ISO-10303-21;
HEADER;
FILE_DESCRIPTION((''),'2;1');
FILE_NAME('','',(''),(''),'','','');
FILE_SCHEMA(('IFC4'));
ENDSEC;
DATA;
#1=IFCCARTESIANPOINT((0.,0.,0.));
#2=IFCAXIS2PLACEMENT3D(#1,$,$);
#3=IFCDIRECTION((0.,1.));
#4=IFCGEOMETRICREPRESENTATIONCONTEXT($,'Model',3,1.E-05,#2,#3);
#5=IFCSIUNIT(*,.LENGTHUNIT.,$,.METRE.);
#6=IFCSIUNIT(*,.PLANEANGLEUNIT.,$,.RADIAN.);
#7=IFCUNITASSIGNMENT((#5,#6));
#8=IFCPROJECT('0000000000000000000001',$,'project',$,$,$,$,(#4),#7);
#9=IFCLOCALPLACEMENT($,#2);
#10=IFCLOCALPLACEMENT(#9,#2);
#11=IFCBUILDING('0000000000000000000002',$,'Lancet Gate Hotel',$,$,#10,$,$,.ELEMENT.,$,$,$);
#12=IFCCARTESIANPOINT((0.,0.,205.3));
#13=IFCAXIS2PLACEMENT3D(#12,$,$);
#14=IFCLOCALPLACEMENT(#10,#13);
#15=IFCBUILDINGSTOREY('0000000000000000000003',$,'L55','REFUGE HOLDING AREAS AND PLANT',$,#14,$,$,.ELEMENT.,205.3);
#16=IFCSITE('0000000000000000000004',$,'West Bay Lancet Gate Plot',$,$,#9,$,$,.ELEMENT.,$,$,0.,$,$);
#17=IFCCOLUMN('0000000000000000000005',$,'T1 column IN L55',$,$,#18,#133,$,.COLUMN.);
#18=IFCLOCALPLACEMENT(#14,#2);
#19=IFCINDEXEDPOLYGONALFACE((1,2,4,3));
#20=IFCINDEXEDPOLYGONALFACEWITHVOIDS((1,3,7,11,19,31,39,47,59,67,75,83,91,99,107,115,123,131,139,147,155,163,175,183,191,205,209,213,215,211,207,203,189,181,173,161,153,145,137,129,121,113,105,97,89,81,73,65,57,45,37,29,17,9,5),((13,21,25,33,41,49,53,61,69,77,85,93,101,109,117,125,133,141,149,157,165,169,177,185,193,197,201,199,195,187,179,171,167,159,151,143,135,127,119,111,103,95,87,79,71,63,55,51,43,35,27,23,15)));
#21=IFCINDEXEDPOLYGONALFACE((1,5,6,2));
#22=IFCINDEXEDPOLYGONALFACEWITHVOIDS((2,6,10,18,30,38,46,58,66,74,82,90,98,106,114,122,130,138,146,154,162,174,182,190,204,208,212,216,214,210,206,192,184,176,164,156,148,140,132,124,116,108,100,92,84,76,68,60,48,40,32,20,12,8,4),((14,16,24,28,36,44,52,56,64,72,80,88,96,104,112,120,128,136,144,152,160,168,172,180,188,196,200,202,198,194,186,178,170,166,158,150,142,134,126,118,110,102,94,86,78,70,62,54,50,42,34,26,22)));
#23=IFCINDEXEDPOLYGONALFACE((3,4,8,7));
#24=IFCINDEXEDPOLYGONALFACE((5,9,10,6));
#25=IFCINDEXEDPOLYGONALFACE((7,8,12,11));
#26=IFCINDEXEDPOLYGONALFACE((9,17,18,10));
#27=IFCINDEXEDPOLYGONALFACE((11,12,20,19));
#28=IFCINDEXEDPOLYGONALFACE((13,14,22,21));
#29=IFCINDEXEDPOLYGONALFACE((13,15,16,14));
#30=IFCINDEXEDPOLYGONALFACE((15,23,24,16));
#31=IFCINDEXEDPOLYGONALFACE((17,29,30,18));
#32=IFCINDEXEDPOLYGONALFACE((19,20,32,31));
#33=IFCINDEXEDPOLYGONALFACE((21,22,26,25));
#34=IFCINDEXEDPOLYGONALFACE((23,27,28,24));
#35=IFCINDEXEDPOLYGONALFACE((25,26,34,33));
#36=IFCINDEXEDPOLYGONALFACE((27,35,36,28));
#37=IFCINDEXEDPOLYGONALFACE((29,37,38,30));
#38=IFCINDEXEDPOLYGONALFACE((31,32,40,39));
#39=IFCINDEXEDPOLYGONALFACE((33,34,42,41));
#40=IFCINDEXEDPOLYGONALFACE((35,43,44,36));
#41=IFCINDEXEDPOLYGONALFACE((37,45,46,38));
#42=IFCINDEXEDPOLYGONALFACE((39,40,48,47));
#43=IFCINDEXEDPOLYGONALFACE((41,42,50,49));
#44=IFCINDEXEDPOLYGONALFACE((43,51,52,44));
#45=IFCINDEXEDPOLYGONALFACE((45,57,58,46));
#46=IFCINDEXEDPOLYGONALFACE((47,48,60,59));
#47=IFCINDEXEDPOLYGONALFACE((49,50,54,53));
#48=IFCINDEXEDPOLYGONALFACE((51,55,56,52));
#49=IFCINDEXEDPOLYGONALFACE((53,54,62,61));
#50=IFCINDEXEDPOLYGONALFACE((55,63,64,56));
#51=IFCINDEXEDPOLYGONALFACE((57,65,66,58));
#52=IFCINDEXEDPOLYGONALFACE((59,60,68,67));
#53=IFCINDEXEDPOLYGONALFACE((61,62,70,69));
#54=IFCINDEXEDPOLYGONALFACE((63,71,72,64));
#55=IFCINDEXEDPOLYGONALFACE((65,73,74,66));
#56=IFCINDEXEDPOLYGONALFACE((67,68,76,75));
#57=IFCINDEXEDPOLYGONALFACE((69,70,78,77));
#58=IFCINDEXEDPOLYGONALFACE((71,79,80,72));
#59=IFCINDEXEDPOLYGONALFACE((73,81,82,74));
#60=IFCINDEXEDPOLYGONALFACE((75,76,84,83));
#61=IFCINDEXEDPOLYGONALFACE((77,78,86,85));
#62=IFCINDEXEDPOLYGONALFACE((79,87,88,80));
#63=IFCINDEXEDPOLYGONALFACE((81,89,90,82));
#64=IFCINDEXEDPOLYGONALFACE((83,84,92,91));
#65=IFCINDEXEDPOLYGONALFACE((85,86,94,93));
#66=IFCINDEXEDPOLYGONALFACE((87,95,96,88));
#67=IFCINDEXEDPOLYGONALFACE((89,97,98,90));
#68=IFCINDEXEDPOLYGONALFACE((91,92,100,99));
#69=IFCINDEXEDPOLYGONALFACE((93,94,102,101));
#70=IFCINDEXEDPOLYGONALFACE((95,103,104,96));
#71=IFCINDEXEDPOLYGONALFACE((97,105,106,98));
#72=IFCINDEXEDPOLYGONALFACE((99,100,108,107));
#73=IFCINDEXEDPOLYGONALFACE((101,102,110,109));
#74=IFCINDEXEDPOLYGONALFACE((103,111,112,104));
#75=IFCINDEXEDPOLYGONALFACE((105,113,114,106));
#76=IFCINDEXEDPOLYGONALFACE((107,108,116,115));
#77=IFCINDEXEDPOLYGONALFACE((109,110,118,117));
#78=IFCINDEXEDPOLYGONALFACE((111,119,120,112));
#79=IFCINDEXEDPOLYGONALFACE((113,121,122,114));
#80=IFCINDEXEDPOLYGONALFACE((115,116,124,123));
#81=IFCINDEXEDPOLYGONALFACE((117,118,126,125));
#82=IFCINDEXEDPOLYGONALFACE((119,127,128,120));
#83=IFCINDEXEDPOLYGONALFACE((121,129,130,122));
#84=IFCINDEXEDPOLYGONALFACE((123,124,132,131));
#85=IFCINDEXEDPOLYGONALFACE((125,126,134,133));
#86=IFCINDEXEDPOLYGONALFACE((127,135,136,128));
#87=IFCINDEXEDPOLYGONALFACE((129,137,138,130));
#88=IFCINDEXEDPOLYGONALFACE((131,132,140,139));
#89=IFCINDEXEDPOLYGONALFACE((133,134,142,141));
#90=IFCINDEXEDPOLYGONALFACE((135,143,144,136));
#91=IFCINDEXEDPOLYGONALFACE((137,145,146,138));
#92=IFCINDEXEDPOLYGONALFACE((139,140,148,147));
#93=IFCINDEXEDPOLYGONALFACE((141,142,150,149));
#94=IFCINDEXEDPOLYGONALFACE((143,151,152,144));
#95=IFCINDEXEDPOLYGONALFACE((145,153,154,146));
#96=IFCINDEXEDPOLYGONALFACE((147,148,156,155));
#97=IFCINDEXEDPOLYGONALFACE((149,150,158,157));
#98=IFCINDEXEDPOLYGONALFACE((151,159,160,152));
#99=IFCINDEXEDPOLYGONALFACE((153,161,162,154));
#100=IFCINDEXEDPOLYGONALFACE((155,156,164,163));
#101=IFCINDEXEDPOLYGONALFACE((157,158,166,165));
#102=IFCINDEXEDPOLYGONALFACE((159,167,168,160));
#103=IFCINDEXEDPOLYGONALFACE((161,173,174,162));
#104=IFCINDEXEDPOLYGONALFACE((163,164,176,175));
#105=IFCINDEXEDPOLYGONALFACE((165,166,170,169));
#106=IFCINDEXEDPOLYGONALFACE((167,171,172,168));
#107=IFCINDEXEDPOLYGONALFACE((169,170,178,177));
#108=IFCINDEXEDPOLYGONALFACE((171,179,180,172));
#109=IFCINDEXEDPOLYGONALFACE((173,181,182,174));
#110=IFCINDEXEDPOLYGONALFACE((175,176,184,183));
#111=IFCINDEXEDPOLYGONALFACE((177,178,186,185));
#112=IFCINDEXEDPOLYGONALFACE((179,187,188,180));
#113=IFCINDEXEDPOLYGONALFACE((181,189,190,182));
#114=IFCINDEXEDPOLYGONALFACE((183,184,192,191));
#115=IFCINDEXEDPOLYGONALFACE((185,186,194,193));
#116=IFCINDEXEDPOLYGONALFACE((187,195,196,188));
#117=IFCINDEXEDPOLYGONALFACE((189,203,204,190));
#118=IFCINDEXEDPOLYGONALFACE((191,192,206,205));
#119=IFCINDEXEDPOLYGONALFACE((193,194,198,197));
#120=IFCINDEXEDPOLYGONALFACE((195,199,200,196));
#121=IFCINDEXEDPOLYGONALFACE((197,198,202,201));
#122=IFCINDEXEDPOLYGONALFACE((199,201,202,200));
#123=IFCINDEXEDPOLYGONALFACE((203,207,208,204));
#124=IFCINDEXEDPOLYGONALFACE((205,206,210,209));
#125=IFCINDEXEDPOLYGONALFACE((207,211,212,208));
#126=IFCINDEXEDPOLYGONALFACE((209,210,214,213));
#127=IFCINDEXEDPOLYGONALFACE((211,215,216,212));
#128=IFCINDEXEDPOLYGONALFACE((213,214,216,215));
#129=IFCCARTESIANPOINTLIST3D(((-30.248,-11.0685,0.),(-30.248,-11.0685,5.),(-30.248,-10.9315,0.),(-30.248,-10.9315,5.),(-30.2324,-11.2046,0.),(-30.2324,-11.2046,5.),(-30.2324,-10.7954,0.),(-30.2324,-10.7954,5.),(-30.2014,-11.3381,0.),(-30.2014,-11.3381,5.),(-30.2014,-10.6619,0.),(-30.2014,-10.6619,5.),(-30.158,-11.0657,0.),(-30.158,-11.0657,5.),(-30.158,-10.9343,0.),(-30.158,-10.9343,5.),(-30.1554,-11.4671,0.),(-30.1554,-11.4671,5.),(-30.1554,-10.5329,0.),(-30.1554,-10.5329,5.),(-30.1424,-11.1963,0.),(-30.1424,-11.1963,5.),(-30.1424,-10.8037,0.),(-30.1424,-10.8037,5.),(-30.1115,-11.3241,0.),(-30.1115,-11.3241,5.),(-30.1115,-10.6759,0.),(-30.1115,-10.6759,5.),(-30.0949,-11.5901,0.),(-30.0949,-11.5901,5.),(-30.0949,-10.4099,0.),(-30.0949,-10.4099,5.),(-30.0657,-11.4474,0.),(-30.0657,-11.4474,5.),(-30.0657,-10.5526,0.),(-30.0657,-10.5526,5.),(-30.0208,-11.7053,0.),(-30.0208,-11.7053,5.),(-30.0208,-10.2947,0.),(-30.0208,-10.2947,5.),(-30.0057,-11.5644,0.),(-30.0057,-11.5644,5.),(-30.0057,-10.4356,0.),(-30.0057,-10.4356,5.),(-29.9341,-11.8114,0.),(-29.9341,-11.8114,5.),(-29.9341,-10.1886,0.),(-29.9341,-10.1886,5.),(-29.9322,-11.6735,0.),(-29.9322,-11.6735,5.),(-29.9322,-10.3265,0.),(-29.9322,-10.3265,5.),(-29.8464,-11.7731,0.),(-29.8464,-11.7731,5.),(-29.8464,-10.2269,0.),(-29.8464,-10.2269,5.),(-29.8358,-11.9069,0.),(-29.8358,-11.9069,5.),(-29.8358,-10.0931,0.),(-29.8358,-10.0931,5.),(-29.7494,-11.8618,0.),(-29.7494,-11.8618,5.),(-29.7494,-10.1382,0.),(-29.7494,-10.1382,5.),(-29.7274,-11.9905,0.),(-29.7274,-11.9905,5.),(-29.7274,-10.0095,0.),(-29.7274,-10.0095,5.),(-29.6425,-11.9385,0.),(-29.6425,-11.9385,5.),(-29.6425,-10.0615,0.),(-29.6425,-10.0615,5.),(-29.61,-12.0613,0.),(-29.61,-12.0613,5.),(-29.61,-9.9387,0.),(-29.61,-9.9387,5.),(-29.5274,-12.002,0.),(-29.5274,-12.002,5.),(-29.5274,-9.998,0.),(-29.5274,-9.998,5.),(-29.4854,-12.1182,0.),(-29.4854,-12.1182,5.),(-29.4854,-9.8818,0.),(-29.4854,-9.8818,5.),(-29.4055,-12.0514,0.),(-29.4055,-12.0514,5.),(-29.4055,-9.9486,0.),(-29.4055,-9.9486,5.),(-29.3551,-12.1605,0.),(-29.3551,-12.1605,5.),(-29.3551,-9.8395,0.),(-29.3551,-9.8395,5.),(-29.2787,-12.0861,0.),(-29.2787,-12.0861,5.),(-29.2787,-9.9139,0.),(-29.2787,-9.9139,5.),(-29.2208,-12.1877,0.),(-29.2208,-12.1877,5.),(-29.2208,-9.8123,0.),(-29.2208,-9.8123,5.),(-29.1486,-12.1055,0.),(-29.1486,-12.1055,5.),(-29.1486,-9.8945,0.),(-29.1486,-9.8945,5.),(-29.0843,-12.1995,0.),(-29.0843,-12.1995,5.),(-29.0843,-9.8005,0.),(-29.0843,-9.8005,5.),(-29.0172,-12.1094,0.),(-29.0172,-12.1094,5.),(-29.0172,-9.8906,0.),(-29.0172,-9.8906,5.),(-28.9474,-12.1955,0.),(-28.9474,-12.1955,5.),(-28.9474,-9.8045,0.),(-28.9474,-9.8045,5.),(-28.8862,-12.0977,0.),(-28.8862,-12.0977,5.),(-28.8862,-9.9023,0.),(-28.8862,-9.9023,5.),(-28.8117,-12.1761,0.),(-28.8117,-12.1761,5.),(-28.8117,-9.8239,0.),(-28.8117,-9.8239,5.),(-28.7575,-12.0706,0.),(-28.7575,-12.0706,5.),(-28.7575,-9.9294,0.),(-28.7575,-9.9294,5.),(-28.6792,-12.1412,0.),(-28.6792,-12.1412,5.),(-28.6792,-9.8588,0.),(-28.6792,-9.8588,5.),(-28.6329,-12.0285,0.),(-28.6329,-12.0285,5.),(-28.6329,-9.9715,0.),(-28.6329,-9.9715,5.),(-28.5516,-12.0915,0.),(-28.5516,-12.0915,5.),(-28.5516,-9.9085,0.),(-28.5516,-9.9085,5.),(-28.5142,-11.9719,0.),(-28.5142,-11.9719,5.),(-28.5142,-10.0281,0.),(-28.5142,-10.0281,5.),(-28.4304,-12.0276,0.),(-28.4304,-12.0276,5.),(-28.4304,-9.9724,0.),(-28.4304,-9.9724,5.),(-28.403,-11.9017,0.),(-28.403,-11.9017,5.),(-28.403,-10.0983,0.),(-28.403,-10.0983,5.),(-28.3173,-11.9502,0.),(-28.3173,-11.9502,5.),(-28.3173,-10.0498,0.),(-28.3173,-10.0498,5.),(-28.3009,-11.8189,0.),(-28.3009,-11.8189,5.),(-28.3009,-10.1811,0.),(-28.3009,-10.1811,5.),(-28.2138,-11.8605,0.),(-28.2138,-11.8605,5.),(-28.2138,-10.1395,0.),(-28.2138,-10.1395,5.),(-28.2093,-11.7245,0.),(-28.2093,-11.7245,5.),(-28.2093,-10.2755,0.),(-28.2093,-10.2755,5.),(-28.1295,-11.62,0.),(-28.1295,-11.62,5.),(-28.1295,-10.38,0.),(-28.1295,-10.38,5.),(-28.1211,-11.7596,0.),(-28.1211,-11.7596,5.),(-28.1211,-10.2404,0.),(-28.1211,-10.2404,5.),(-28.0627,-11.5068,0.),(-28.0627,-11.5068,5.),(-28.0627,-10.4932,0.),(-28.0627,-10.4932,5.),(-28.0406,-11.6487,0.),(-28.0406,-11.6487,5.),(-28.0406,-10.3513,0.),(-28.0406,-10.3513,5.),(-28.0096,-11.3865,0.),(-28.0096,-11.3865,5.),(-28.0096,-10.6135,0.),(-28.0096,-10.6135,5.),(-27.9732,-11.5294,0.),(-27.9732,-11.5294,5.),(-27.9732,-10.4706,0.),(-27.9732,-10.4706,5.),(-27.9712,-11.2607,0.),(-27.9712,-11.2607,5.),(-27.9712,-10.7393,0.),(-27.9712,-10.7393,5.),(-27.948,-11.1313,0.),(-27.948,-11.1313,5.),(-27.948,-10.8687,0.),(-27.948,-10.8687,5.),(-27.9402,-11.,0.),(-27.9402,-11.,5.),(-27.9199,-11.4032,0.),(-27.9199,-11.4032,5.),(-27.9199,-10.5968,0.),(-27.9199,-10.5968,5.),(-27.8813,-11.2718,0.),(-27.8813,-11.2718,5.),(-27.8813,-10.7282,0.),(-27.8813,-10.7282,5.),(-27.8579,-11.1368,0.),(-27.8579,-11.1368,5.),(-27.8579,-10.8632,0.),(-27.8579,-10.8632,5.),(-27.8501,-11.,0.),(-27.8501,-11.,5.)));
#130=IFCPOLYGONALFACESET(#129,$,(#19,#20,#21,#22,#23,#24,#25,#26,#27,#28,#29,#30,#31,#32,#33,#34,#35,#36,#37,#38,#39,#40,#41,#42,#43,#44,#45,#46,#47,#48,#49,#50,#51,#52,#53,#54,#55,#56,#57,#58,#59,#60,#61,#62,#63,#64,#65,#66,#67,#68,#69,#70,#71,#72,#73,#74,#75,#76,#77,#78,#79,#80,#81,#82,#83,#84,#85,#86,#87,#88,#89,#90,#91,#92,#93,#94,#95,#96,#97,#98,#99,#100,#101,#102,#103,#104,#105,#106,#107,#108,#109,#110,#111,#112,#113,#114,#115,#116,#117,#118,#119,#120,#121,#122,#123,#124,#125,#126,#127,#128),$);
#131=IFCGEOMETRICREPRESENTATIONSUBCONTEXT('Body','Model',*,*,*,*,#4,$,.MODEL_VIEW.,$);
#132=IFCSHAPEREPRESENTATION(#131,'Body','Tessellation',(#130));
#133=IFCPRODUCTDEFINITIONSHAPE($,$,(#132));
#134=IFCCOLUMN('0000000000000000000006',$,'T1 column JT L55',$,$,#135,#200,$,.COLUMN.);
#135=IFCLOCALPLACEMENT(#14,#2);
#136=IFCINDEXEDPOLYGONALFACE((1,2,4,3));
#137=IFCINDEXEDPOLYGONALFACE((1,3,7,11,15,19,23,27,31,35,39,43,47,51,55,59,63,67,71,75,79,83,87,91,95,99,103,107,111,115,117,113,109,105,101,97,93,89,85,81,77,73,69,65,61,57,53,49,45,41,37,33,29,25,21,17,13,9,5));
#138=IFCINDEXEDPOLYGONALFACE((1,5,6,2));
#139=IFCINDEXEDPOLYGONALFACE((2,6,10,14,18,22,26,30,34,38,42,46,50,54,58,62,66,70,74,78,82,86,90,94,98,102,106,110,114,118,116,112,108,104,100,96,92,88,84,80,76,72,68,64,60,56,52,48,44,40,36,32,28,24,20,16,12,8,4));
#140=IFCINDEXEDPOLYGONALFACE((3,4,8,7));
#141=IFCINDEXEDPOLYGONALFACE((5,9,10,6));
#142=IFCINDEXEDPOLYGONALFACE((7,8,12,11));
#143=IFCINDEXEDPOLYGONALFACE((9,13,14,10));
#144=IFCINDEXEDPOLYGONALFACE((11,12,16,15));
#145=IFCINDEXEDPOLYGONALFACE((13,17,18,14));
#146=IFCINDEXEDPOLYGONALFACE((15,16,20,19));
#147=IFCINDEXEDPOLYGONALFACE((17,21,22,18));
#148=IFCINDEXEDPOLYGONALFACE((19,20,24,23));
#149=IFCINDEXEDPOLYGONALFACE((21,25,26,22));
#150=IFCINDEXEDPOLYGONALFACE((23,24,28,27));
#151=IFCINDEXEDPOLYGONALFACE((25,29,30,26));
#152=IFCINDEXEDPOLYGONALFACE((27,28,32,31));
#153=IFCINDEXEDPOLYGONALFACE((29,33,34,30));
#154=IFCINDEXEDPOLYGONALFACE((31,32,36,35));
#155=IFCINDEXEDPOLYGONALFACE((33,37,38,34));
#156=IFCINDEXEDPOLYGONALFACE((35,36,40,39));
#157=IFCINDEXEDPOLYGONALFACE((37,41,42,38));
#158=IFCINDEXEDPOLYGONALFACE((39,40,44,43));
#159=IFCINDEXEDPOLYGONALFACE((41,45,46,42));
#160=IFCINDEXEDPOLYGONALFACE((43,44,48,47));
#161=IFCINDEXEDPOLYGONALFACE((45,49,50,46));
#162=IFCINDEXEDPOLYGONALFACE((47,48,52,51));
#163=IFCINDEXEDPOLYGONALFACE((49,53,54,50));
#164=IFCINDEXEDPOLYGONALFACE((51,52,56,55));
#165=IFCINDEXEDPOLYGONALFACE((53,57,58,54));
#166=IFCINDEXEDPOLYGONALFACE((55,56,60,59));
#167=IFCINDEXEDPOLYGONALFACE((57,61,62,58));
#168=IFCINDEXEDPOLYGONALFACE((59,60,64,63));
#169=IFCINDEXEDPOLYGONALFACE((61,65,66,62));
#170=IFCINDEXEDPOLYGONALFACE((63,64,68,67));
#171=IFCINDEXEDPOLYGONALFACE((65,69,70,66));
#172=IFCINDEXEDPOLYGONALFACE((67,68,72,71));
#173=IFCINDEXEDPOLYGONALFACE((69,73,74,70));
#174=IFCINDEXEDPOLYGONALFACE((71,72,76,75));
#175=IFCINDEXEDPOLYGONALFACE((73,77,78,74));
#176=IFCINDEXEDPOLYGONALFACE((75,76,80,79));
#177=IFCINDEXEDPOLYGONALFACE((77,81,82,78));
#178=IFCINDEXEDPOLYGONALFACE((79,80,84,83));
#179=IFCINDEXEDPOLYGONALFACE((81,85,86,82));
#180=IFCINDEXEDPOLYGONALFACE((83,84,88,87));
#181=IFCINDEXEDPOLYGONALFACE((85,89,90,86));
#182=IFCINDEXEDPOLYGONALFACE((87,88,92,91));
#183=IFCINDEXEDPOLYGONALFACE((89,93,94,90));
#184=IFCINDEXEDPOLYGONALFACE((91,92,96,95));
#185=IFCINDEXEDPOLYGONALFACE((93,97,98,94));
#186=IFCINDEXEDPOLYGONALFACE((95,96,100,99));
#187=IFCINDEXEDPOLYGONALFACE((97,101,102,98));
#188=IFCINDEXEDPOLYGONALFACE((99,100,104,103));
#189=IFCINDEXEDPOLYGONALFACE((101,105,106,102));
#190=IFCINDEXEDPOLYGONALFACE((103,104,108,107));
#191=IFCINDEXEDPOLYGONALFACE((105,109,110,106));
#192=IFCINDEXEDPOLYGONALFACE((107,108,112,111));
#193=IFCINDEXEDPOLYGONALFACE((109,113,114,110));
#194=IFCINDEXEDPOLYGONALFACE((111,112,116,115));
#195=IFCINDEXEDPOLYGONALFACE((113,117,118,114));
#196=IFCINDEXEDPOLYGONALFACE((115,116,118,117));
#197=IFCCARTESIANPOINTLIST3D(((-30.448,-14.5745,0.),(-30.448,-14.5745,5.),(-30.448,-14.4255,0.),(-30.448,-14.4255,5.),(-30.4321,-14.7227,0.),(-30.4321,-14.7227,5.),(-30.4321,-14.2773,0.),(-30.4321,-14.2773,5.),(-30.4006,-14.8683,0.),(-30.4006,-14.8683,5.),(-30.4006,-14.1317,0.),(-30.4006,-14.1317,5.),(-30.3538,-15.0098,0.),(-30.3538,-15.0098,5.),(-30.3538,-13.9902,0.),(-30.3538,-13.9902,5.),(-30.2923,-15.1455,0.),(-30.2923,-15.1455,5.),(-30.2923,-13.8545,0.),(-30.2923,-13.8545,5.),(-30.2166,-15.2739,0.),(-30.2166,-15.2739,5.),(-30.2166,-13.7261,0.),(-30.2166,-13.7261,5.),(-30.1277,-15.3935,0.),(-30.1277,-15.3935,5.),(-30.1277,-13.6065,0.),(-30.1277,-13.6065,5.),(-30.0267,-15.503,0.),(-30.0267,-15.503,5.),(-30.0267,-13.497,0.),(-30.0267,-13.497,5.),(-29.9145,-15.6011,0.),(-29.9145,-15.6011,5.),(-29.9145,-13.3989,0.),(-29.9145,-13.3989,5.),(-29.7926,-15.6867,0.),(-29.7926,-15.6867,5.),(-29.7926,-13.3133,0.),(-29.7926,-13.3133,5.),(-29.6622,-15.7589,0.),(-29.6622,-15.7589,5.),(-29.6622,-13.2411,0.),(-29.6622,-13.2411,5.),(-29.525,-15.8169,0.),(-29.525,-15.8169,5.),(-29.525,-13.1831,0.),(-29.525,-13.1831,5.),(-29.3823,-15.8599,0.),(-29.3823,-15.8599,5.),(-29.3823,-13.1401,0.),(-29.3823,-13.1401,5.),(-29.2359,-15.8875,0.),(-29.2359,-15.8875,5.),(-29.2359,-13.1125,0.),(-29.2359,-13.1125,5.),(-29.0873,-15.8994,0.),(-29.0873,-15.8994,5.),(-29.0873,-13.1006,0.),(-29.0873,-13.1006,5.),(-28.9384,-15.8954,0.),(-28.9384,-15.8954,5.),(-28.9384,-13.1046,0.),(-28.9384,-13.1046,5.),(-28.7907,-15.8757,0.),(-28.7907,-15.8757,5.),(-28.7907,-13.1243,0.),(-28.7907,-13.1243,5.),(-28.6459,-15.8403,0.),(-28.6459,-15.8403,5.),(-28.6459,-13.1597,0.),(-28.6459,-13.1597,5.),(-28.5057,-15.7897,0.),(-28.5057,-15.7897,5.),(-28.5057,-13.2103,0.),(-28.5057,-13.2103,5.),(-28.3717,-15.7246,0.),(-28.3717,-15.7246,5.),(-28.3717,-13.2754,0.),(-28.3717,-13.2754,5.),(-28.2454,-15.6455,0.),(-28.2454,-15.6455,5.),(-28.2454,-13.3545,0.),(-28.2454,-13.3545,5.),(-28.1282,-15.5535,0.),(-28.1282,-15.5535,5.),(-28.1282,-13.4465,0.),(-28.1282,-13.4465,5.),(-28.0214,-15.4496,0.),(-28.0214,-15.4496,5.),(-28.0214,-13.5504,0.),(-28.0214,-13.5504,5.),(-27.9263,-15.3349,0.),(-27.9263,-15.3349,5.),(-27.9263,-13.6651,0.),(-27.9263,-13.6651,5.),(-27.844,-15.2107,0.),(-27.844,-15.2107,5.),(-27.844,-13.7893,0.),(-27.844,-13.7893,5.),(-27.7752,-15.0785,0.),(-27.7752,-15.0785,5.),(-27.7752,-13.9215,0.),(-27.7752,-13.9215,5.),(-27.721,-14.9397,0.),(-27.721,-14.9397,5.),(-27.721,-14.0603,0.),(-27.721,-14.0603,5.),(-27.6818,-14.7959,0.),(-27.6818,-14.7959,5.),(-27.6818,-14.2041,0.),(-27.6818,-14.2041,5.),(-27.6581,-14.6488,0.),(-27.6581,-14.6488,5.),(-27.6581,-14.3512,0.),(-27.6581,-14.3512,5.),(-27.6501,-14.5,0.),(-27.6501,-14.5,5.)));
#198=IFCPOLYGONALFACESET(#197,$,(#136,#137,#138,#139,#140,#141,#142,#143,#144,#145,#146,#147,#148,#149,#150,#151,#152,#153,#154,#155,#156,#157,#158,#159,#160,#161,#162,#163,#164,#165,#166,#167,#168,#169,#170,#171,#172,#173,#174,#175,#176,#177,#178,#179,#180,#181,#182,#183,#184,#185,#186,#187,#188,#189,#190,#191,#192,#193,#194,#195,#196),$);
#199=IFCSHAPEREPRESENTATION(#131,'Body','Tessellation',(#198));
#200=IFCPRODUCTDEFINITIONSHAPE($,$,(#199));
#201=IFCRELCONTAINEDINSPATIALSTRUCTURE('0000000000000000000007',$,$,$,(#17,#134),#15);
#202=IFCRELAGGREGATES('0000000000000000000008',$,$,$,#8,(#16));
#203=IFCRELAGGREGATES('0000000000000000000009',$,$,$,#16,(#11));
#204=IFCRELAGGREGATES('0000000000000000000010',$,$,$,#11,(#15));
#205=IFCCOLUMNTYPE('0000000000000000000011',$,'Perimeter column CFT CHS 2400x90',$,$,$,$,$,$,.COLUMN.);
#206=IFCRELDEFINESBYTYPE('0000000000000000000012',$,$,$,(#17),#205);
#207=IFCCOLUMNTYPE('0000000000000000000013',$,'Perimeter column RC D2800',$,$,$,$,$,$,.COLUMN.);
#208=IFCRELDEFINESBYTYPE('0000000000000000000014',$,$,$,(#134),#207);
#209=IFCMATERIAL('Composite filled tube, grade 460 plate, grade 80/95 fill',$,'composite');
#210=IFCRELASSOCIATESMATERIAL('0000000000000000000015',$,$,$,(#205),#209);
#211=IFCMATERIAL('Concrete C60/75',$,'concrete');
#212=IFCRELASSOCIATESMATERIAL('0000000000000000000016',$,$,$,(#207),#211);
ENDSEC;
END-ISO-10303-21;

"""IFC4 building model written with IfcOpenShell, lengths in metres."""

from ifc_helpers import new_model, si_unit, direction, frame, origin, origin_2d, place, context, subcontext, project, spatial, circle, hollow_circle, extrude, material, material_profile, profile_set, type_object, element, save


model = new_model("IFC4")

# Units and contexts
model_context = context("Model", 3, precision=1e-05, world=origin(), true_north=direction((0.0, 1.0)))
body_context = subcontext(model_context, "Body", "Model", "MODEL_VIEW")
ifc_project = project(units=[si_unit("LENGTHUNIT", "METRE"), si_unit("PLANEANGLEUNIT", "RADIAN")], contexts=[model_context])

# Site, building, storey
site_placement = place(None, origin())
site = spatial("IfcSite", under=ifc_project, at=site_placement, Name="West Bay Lancet Gate Plot", CompositionType="ELEMENT", RefElevation=0.0)
building_placement = place(site_placement, origin())
building = spatial("IfcBuilding", under=site, at=building_placement, Name="Lancet Gate Hotel", CompositionType="ELEMENT")
storey_placement = place(building_placement, frame((0.0, 0.0, 205.3)))
storey = spatial("IfcBuildingStorey", under=building, at=storey_placement, Name="L55", Description="REFUGE HOLDING AREAS AND PLANT", CompositionType="ELEMENT", Elevation=205.3)

# Columns
ifc_material_1 = material(Name="Composite filled tube, grade 460 plate, grade 80/95 fill", Category="composite")
ifc_material_profile_1 = material_profile(ifc_material_1, hollow_circle(Radius=1.2, WallThickness=0.0901, at=origin_2d()), Name="CHS 2400x90")
ifc_profile_set_1 = profile_set([ifc_material_profile_1], Name="Composite filled tube, grade 460 plate, grade 80/95 fill")
column_type_1 = type_object("IfcColumnType", Name="Perimeter column CFT CHS 2400x90", PredefinedType="COLUMN", material=ifc_profile_set_1)
column_1_placement = place(storey_placement, frame((-29.05, -11.0, 0.0), z_axis=(0.0, 0.0, 1.0), x_axis=(1.0, 0.0, 0.0)))
element("IfcColumn", 1, at=column_1_placement, inside=storey, type_object=column_type_1, Name="T1 column IN L55", PredefinedType="COLUMN", context=body_context, shape_type="SweptSolid", body=[
    extrude(hollow_circle(Radius=1.2, WallThickness=0.0901, at=origin_2d()), origin(), (0.0, 0.0, 1.0), 5.0),
])
ifc_material_2 = material(Name="Concrete C60/75", Category="concrete")
ifc_material_profile_2 = material_profile(ifc_material_2, circle(Radius=1.3999, at=origin_2d()), Name="RC D2800")
ifc_profile_set_2 = profile_set([ifc_material_profile_2], Name="Concrete C60/75")
column_type_2 = type_object("IfcColumnType", Name="Perimeter column RC D2800", PredefinedType="COLUMN", material=ifc_profile_set_2)
column_2_placement = place(storey_placement, frame((-29.05, -14.5, 0.0), z_axis=(0.0, 0.0, 1.0), x_axis=(1.0, 0.0, 0.0)))
element("IfcColumn", 2, at=column_2_placement, inside=storey, type_object=column_type_2, Name="T1 column JT L55", PredefinedType="COLUMN", context=body_context, shape_type="SweptSolid", body=[
    extrude(circle(Radius=1.3999, at=origin_2d()), origin(), (0.0, 0.0, 1.0), 5.0),
])

save(model, "model.ifc")
